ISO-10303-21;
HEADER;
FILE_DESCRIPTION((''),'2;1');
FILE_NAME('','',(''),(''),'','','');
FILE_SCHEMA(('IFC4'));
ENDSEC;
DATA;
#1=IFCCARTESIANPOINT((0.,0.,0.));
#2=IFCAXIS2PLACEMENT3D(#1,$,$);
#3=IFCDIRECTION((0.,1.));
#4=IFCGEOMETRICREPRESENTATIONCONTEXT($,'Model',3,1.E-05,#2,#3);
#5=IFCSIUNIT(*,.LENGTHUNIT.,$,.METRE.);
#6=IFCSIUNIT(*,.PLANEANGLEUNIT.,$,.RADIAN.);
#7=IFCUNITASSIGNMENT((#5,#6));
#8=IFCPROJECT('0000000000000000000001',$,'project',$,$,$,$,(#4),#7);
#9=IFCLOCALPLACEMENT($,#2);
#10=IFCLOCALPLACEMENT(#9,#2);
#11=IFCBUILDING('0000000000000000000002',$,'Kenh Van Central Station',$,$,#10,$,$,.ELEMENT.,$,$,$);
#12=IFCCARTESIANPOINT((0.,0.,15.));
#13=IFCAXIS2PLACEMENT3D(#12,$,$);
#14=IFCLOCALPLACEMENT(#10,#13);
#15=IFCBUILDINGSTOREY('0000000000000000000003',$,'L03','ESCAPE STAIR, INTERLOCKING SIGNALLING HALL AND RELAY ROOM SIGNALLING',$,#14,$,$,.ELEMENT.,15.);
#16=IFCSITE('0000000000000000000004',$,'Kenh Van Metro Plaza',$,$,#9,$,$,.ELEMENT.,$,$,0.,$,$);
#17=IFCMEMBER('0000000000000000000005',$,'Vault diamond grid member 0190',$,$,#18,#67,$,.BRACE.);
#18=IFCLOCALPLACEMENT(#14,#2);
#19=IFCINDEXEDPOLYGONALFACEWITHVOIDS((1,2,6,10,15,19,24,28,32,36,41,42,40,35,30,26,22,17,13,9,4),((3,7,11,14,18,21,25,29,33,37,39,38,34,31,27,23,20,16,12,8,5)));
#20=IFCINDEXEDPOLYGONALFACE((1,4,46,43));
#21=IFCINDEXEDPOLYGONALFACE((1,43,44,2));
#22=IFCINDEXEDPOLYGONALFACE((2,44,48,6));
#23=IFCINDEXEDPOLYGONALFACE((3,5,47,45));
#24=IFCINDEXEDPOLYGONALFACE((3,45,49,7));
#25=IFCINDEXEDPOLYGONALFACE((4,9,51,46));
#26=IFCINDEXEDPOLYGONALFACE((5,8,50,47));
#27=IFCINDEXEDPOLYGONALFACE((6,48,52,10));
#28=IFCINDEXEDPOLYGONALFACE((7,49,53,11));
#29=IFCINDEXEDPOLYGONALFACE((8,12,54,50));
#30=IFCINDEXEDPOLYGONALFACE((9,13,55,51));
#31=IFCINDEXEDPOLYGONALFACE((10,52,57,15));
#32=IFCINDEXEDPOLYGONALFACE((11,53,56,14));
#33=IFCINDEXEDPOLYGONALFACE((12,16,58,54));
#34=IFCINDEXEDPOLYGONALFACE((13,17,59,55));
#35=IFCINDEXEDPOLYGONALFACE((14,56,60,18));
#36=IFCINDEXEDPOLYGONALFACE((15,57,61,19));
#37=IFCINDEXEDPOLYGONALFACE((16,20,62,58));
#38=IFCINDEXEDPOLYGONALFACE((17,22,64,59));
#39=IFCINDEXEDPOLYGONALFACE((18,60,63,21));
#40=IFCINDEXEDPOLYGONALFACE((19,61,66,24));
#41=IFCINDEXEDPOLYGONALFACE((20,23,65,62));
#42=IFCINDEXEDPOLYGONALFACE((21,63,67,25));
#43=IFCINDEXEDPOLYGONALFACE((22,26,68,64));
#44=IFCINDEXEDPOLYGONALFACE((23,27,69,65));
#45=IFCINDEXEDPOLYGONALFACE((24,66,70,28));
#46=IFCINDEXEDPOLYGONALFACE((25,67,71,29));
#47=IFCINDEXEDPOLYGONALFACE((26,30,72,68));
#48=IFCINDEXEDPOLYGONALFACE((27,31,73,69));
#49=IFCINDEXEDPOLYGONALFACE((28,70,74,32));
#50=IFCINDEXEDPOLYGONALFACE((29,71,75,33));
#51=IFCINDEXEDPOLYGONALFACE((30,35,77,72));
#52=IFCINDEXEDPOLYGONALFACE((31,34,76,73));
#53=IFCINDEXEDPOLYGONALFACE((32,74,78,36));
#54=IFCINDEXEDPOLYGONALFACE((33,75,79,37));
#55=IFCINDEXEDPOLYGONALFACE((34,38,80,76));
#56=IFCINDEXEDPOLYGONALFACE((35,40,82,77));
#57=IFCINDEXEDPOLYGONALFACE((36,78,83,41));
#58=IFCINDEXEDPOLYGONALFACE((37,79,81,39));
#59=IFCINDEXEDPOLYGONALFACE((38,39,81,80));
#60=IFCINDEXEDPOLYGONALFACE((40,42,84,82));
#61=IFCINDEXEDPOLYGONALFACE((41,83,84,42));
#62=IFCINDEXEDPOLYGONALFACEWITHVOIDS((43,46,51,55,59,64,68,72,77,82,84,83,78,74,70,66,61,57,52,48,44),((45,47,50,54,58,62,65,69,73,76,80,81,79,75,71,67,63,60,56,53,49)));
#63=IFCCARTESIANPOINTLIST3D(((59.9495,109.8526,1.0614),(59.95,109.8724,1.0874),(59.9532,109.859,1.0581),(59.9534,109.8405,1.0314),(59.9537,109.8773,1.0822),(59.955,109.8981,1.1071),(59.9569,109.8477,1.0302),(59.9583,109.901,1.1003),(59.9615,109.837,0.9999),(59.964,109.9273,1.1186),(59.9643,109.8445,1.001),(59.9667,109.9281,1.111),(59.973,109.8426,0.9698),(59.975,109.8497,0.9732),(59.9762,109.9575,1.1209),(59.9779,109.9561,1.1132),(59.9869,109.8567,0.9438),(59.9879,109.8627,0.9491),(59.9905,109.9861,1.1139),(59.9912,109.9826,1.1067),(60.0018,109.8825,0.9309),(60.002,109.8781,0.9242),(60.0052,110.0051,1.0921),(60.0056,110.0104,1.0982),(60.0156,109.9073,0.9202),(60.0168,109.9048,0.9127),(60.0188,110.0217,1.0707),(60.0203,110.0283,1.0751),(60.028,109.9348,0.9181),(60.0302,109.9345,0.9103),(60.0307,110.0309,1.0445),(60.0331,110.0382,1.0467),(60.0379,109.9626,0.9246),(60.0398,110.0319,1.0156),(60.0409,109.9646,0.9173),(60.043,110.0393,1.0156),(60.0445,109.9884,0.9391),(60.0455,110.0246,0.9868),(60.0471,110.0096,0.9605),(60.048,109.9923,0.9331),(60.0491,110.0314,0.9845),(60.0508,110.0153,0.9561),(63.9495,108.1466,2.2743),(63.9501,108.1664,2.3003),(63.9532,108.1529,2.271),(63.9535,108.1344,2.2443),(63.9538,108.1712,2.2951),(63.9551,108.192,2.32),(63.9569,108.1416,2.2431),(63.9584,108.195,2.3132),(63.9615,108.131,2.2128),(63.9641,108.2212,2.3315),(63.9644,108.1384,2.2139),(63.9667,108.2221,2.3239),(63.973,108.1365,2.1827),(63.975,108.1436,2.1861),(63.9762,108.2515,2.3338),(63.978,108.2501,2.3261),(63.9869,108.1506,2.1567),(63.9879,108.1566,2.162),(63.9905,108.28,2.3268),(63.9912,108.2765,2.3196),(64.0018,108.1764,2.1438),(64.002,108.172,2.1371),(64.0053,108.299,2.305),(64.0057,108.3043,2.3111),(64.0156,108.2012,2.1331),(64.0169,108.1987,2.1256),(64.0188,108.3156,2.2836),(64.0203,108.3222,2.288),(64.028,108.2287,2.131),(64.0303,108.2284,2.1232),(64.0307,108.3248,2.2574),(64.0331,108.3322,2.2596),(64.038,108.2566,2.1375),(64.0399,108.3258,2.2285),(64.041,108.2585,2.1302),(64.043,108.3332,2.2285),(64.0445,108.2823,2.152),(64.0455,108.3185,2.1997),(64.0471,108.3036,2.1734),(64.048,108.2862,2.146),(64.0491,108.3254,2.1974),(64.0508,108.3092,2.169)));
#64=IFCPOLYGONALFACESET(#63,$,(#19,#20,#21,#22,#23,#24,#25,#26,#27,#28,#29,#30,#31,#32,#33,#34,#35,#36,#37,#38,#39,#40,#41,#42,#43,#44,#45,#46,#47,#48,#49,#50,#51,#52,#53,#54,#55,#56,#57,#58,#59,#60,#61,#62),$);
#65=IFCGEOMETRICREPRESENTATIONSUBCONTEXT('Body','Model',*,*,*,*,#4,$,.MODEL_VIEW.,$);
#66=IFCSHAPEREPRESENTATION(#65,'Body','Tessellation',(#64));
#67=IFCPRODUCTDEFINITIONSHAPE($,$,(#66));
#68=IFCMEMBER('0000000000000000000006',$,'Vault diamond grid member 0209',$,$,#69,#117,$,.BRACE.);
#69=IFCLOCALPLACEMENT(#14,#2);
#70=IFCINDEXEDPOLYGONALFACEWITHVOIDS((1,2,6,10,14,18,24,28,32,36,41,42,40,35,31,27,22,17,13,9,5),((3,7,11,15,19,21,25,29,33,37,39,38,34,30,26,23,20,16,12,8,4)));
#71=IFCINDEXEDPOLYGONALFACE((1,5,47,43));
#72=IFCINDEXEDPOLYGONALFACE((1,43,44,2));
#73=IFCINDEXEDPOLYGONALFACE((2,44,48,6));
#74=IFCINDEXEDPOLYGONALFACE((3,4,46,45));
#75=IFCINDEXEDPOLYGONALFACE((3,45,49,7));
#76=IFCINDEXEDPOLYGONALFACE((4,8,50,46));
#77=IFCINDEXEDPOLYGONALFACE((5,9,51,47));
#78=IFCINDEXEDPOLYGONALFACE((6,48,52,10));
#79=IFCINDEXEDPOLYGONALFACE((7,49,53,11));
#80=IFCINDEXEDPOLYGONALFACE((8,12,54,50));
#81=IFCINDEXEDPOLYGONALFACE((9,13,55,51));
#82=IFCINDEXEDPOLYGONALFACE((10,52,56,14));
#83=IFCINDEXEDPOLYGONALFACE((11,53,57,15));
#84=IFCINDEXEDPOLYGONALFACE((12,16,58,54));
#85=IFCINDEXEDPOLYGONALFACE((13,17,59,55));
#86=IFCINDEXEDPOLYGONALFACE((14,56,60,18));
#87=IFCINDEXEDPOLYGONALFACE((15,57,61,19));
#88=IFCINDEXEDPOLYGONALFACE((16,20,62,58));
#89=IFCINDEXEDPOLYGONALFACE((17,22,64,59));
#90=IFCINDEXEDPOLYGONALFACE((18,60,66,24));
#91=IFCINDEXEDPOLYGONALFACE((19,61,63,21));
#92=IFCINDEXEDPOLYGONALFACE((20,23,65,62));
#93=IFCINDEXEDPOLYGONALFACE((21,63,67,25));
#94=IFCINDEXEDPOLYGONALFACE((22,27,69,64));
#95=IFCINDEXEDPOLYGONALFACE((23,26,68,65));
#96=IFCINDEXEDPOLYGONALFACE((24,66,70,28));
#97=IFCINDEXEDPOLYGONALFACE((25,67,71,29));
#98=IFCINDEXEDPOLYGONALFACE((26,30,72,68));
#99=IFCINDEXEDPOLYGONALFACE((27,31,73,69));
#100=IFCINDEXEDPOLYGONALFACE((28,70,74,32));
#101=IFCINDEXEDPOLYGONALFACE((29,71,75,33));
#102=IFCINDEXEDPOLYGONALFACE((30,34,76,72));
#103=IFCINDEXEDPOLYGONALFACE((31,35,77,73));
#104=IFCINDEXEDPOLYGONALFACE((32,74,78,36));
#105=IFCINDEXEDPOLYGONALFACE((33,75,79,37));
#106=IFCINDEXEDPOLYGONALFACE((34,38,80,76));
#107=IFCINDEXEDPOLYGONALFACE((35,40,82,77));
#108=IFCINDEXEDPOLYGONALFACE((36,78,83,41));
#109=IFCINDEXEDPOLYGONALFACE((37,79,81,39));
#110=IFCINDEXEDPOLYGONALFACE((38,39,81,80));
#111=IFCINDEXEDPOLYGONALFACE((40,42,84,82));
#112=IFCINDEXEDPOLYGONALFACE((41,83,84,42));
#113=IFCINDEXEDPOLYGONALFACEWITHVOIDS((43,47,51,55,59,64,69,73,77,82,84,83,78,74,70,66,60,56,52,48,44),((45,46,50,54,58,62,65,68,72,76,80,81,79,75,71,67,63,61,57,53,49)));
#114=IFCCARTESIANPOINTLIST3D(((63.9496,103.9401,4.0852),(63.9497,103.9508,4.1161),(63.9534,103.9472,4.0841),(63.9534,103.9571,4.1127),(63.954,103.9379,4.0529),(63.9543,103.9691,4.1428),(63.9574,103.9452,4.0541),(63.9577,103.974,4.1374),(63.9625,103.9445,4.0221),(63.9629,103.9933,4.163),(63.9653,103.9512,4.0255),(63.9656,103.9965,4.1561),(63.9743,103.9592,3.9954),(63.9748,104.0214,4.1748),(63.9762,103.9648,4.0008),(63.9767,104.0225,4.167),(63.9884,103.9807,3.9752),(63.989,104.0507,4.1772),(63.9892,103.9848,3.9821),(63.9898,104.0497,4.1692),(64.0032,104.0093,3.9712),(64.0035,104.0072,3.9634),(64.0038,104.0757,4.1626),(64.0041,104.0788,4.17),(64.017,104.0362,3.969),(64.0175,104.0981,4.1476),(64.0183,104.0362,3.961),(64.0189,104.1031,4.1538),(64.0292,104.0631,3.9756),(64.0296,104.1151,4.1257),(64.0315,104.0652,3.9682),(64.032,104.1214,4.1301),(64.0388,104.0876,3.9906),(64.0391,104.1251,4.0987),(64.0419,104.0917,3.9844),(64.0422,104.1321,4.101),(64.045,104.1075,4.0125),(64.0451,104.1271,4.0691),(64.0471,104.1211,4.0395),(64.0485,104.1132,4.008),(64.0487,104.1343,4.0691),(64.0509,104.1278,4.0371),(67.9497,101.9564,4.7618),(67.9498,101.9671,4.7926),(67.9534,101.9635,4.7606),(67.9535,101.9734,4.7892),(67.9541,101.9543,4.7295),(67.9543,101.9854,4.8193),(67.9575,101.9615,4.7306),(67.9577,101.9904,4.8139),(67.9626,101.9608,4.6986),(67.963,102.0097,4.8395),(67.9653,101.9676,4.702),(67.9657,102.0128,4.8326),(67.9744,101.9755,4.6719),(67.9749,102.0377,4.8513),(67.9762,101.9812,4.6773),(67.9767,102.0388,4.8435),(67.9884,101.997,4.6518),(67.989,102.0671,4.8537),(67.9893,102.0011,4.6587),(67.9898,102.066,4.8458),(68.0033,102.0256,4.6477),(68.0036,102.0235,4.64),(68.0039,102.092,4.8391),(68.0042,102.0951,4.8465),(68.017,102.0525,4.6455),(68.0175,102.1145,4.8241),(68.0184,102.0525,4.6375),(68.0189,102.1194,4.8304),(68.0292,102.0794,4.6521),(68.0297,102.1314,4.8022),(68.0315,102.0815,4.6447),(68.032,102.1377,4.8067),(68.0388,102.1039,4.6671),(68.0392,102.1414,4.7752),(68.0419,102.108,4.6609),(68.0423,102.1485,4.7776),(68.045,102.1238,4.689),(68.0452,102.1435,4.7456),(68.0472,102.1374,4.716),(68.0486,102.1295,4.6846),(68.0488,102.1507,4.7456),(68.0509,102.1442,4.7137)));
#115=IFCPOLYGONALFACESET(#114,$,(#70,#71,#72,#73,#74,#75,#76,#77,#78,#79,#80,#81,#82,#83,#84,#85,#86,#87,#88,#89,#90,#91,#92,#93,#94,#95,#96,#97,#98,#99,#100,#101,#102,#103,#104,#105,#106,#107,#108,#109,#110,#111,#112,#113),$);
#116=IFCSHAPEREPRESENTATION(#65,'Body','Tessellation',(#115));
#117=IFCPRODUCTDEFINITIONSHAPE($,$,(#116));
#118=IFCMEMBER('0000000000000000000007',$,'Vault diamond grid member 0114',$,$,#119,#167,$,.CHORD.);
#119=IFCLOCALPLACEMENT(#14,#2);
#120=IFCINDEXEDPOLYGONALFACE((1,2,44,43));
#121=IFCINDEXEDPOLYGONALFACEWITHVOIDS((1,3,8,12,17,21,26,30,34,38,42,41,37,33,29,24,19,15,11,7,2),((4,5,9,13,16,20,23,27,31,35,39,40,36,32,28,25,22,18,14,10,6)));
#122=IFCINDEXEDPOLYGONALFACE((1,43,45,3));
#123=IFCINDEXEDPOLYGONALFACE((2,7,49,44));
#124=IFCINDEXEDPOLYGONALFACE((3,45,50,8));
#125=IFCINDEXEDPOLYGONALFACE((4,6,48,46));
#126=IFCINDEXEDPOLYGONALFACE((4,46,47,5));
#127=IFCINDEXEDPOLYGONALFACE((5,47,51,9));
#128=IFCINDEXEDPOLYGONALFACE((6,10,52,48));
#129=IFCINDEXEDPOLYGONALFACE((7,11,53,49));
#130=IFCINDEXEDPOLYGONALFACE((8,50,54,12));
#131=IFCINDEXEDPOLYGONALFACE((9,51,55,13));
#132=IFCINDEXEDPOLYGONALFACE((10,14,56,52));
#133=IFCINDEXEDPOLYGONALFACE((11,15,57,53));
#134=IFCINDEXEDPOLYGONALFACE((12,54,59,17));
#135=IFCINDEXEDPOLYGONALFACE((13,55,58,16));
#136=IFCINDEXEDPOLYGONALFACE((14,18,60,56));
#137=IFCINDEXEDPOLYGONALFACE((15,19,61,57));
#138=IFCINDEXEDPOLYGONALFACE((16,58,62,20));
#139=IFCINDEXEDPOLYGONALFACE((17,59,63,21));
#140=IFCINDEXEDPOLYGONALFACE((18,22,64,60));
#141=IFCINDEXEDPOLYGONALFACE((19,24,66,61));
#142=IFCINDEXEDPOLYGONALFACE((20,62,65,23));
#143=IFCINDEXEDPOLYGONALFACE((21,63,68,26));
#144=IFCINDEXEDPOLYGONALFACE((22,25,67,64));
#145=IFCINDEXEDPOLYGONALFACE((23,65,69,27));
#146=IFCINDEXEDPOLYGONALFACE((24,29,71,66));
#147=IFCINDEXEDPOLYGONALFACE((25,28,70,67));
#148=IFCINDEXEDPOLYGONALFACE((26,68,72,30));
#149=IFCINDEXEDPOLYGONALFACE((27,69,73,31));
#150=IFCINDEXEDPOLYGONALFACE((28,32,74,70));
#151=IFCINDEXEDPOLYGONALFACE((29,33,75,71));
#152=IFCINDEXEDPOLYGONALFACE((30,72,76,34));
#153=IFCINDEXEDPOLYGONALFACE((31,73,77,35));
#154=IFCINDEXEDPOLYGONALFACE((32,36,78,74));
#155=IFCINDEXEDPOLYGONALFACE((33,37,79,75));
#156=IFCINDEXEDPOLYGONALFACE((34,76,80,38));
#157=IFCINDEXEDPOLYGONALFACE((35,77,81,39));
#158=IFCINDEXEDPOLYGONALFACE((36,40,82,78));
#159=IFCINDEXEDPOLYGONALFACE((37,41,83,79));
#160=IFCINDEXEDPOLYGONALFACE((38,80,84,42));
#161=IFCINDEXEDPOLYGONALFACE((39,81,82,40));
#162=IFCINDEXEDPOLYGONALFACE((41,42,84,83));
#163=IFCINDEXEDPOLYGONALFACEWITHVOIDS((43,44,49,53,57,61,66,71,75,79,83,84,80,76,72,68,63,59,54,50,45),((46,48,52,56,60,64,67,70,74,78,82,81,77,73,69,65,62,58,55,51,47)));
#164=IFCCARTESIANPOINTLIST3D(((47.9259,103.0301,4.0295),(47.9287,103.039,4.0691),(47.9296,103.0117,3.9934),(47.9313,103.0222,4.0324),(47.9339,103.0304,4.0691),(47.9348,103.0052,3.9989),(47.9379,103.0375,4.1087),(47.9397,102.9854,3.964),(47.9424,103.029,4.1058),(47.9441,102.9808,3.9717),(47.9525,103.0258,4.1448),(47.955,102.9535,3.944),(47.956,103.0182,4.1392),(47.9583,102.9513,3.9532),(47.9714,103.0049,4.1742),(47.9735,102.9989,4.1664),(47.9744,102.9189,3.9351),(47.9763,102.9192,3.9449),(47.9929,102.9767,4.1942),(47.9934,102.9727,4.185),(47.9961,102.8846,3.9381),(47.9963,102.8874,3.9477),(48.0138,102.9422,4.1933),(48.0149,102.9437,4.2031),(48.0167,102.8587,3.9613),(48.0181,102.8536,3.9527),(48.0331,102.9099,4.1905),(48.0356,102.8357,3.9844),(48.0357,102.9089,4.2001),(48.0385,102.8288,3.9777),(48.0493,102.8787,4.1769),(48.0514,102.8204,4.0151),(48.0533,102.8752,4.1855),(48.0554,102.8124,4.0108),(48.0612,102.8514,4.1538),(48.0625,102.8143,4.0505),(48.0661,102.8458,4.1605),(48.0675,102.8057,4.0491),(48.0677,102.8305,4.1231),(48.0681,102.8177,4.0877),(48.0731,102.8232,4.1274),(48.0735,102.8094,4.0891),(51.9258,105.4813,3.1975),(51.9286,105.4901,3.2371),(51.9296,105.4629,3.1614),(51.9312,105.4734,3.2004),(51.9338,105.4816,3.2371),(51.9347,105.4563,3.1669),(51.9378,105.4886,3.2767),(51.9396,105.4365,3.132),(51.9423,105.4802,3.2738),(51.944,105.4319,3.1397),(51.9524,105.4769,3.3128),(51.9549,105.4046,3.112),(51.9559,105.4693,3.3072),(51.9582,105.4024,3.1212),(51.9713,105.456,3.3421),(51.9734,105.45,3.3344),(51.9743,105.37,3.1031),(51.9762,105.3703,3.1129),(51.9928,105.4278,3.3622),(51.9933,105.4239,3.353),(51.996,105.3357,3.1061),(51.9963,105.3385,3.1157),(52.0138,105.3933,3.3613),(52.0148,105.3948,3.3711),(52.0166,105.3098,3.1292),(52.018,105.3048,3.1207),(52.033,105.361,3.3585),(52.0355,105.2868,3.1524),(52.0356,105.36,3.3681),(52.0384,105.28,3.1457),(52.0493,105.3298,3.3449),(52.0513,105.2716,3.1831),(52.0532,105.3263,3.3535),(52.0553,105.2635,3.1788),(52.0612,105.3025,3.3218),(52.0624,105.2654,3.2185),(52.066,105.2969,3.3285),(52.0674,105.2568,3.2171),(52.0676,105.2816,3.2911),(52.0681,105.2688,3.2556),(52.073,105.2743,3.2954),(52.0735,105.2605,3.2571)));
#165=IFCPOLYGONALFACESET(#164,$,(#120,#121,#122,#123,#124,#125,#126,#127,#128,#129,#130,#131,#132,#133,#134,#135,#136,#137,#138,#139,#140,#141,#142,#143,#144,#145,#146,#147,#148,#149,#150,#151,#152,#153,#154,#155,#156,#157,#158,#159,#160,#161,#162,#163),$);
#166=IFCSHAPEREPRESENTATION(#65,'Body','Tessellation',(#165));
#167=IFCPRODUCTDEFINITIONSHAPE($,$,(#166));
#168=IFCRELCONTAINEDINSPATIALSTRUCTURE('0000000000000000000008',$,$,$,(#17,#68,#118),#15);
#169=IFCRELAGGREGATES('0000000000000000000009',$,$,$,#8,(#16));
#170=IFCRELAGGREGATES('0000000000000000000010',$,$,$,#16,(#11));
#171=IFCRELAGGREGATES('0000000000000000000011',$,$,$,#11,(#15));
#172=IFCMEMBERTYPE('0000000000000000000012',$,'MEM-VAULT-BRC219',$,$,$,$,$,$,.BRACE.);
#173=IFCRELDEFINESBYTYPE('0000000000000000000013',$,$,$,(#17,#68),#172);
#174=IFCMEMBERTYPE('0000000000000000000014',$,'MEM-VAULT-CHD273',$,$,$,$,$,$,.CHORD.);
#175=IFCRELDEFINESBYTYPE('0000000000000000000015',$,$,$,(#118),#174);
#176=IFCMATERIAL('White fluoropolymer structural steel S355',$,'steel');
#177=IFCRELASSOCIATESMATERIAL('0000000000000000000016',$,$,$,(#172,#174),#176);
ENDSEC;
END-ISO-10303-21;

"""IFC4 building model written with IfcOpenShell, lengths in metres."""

from ifc_helpers import new_model, si_unit, direction, frame, origin, origin_2d, place, context, subcontext, project, spatial, hollow_circle, extrude, material, material_profile, profile_set, type_object, element, save


model = new_model("IFC4")

# Units and contexts
model_context = context("Model", 3, precision=1e-05, world=origin(), true_north=direction((0.0, 1.0)))
body_context = subcontext(model_context, "Body", "Model", "MODEL_VIEW")
ifc_project = project(units=[si_unit("LENGTHUNIT", "METRE"), si_unit("PLANEANGLEUNIT", "RADIAN")], contexts=[model_context])

# Site, building, storey
site_placement = place(None, origin())
site = spatial("IfcSite", under=ifc_project, at=site_placement, Name="Kenh Van Metro Plaza", CompositionType="ELEMENT", RefElevation=0.0)
building_placement = place(site_placement, origin())
building = spatial("IfcBuilding", under=site, at=building_placement, Name="Kenh Van Central Station", CompositionType="ELEMENT")
storey_placement = place(building_placement, frame((0.0, 0.0, 15.0)))
storey = spatial("IfcBuildingStorey", under=building, at=storey_placement, Name="L03", Description="ESCAPE STAIR, INTERLOCKING SIGNALLING HALL AND RELAY ROOM SIGNALLING", CompositionType="ELEMENT", Elevation=15.0)

# Shared definitions
ifc_material_1 = material(Name="White fluoropolymer structural steel S355", Category="steel")

# Members
ifc_material_profile_1 = material_profile(ifc_material_1, hollow_circle(Radius=0.1096, WallThickness=0.0081, at=origin_2d()), Name="CHS 219.1x8")
ifc_profile_set_1 = profile_set([ifc_material_profile_1], Name="White fluoropolymer structural steel S355")
member_type_1 = type_object("IfcMemberType", Name="MEM-VAULT-BRC219", PredefinedType="BRACE", material=ifc_profile_set_1)
member_1_placement = place(storey_placement, frame((60.0, 109.9385, 1.0156), z_axis=(0.886012, -0.377896, 0.268659), x_axis=(0.39232, 0.919829, 0.0)))
element("IfcMember", 1, at=member_1_placement, inside=storey, type_object=member_type_1, Name="Vault diamond grid member 0190", PredefinedType="BRACE", context=body_context, shape_type="SweptSolid", body=[
    extrude(hollow_circle(Radius=0.1096, WallThickness=0.0081, at=origin_2d()), origin(), (0.0, 0.0, 1.0), 4.5146),
])
member_2_placement = place(storey_placement, frame((64.0, 104.0361, 4.0691), z_axis=(0.885778, -0.439267, 0.14981), x_axis=(0.44428, 0.895888, 0.0)))
element("IfcMember", 2, at=member_2_placement, inside=storey, type_object=member_type_1, Name="Vault diamond grid member 0209", PredefinedType="BRACE", context=body_context, shape_type="SweptSolid", body=[
    extrude(hollow_circle(Radius=0.1096, WallThickness=0.0081, at=origin_2d()), origin(), (0.0, 0.0, 1.0), 4.5159),
])
ifc_material_profile_2 = material_profile(ifc_material_1, hollow_circle(Radius=0.1365, WallThickness=0.01, at=origin_2d()), Name="CHS 273x10")
ifc_profile_set_2 = profile_set([ifc_material_profile_2], Name="White fluoropolymer structural steel S355")
member_type_2 = type_object("IfcMemberType", Name="MEM-VAULT-CHD273", PredefinedType="CHORD", material=ifc_profile_set_2)
member_3_placement = place(storey_placement, frame((48.0, 102.9226, 4.0691), z_axis=(0.839541, 0.514465, -0.174631), x_axis=(-0.522494, 0.852643, 0.0)))
element("IfcMember", 3, at=member_3_placement, inside=storey, type_object=member_type_2, Name="Vault diamond grid member 0114", PredefinedType="CHORD", context=body_context, shape_type="SweptSolid", body=[
    extrude(hollow_circle(Radius=0.1365, WallThickness=0.01, at=origin_2d()), origin(), (0.0, 0.0, 1.0), 4.7644),
])

save(model, "model.ifc")
